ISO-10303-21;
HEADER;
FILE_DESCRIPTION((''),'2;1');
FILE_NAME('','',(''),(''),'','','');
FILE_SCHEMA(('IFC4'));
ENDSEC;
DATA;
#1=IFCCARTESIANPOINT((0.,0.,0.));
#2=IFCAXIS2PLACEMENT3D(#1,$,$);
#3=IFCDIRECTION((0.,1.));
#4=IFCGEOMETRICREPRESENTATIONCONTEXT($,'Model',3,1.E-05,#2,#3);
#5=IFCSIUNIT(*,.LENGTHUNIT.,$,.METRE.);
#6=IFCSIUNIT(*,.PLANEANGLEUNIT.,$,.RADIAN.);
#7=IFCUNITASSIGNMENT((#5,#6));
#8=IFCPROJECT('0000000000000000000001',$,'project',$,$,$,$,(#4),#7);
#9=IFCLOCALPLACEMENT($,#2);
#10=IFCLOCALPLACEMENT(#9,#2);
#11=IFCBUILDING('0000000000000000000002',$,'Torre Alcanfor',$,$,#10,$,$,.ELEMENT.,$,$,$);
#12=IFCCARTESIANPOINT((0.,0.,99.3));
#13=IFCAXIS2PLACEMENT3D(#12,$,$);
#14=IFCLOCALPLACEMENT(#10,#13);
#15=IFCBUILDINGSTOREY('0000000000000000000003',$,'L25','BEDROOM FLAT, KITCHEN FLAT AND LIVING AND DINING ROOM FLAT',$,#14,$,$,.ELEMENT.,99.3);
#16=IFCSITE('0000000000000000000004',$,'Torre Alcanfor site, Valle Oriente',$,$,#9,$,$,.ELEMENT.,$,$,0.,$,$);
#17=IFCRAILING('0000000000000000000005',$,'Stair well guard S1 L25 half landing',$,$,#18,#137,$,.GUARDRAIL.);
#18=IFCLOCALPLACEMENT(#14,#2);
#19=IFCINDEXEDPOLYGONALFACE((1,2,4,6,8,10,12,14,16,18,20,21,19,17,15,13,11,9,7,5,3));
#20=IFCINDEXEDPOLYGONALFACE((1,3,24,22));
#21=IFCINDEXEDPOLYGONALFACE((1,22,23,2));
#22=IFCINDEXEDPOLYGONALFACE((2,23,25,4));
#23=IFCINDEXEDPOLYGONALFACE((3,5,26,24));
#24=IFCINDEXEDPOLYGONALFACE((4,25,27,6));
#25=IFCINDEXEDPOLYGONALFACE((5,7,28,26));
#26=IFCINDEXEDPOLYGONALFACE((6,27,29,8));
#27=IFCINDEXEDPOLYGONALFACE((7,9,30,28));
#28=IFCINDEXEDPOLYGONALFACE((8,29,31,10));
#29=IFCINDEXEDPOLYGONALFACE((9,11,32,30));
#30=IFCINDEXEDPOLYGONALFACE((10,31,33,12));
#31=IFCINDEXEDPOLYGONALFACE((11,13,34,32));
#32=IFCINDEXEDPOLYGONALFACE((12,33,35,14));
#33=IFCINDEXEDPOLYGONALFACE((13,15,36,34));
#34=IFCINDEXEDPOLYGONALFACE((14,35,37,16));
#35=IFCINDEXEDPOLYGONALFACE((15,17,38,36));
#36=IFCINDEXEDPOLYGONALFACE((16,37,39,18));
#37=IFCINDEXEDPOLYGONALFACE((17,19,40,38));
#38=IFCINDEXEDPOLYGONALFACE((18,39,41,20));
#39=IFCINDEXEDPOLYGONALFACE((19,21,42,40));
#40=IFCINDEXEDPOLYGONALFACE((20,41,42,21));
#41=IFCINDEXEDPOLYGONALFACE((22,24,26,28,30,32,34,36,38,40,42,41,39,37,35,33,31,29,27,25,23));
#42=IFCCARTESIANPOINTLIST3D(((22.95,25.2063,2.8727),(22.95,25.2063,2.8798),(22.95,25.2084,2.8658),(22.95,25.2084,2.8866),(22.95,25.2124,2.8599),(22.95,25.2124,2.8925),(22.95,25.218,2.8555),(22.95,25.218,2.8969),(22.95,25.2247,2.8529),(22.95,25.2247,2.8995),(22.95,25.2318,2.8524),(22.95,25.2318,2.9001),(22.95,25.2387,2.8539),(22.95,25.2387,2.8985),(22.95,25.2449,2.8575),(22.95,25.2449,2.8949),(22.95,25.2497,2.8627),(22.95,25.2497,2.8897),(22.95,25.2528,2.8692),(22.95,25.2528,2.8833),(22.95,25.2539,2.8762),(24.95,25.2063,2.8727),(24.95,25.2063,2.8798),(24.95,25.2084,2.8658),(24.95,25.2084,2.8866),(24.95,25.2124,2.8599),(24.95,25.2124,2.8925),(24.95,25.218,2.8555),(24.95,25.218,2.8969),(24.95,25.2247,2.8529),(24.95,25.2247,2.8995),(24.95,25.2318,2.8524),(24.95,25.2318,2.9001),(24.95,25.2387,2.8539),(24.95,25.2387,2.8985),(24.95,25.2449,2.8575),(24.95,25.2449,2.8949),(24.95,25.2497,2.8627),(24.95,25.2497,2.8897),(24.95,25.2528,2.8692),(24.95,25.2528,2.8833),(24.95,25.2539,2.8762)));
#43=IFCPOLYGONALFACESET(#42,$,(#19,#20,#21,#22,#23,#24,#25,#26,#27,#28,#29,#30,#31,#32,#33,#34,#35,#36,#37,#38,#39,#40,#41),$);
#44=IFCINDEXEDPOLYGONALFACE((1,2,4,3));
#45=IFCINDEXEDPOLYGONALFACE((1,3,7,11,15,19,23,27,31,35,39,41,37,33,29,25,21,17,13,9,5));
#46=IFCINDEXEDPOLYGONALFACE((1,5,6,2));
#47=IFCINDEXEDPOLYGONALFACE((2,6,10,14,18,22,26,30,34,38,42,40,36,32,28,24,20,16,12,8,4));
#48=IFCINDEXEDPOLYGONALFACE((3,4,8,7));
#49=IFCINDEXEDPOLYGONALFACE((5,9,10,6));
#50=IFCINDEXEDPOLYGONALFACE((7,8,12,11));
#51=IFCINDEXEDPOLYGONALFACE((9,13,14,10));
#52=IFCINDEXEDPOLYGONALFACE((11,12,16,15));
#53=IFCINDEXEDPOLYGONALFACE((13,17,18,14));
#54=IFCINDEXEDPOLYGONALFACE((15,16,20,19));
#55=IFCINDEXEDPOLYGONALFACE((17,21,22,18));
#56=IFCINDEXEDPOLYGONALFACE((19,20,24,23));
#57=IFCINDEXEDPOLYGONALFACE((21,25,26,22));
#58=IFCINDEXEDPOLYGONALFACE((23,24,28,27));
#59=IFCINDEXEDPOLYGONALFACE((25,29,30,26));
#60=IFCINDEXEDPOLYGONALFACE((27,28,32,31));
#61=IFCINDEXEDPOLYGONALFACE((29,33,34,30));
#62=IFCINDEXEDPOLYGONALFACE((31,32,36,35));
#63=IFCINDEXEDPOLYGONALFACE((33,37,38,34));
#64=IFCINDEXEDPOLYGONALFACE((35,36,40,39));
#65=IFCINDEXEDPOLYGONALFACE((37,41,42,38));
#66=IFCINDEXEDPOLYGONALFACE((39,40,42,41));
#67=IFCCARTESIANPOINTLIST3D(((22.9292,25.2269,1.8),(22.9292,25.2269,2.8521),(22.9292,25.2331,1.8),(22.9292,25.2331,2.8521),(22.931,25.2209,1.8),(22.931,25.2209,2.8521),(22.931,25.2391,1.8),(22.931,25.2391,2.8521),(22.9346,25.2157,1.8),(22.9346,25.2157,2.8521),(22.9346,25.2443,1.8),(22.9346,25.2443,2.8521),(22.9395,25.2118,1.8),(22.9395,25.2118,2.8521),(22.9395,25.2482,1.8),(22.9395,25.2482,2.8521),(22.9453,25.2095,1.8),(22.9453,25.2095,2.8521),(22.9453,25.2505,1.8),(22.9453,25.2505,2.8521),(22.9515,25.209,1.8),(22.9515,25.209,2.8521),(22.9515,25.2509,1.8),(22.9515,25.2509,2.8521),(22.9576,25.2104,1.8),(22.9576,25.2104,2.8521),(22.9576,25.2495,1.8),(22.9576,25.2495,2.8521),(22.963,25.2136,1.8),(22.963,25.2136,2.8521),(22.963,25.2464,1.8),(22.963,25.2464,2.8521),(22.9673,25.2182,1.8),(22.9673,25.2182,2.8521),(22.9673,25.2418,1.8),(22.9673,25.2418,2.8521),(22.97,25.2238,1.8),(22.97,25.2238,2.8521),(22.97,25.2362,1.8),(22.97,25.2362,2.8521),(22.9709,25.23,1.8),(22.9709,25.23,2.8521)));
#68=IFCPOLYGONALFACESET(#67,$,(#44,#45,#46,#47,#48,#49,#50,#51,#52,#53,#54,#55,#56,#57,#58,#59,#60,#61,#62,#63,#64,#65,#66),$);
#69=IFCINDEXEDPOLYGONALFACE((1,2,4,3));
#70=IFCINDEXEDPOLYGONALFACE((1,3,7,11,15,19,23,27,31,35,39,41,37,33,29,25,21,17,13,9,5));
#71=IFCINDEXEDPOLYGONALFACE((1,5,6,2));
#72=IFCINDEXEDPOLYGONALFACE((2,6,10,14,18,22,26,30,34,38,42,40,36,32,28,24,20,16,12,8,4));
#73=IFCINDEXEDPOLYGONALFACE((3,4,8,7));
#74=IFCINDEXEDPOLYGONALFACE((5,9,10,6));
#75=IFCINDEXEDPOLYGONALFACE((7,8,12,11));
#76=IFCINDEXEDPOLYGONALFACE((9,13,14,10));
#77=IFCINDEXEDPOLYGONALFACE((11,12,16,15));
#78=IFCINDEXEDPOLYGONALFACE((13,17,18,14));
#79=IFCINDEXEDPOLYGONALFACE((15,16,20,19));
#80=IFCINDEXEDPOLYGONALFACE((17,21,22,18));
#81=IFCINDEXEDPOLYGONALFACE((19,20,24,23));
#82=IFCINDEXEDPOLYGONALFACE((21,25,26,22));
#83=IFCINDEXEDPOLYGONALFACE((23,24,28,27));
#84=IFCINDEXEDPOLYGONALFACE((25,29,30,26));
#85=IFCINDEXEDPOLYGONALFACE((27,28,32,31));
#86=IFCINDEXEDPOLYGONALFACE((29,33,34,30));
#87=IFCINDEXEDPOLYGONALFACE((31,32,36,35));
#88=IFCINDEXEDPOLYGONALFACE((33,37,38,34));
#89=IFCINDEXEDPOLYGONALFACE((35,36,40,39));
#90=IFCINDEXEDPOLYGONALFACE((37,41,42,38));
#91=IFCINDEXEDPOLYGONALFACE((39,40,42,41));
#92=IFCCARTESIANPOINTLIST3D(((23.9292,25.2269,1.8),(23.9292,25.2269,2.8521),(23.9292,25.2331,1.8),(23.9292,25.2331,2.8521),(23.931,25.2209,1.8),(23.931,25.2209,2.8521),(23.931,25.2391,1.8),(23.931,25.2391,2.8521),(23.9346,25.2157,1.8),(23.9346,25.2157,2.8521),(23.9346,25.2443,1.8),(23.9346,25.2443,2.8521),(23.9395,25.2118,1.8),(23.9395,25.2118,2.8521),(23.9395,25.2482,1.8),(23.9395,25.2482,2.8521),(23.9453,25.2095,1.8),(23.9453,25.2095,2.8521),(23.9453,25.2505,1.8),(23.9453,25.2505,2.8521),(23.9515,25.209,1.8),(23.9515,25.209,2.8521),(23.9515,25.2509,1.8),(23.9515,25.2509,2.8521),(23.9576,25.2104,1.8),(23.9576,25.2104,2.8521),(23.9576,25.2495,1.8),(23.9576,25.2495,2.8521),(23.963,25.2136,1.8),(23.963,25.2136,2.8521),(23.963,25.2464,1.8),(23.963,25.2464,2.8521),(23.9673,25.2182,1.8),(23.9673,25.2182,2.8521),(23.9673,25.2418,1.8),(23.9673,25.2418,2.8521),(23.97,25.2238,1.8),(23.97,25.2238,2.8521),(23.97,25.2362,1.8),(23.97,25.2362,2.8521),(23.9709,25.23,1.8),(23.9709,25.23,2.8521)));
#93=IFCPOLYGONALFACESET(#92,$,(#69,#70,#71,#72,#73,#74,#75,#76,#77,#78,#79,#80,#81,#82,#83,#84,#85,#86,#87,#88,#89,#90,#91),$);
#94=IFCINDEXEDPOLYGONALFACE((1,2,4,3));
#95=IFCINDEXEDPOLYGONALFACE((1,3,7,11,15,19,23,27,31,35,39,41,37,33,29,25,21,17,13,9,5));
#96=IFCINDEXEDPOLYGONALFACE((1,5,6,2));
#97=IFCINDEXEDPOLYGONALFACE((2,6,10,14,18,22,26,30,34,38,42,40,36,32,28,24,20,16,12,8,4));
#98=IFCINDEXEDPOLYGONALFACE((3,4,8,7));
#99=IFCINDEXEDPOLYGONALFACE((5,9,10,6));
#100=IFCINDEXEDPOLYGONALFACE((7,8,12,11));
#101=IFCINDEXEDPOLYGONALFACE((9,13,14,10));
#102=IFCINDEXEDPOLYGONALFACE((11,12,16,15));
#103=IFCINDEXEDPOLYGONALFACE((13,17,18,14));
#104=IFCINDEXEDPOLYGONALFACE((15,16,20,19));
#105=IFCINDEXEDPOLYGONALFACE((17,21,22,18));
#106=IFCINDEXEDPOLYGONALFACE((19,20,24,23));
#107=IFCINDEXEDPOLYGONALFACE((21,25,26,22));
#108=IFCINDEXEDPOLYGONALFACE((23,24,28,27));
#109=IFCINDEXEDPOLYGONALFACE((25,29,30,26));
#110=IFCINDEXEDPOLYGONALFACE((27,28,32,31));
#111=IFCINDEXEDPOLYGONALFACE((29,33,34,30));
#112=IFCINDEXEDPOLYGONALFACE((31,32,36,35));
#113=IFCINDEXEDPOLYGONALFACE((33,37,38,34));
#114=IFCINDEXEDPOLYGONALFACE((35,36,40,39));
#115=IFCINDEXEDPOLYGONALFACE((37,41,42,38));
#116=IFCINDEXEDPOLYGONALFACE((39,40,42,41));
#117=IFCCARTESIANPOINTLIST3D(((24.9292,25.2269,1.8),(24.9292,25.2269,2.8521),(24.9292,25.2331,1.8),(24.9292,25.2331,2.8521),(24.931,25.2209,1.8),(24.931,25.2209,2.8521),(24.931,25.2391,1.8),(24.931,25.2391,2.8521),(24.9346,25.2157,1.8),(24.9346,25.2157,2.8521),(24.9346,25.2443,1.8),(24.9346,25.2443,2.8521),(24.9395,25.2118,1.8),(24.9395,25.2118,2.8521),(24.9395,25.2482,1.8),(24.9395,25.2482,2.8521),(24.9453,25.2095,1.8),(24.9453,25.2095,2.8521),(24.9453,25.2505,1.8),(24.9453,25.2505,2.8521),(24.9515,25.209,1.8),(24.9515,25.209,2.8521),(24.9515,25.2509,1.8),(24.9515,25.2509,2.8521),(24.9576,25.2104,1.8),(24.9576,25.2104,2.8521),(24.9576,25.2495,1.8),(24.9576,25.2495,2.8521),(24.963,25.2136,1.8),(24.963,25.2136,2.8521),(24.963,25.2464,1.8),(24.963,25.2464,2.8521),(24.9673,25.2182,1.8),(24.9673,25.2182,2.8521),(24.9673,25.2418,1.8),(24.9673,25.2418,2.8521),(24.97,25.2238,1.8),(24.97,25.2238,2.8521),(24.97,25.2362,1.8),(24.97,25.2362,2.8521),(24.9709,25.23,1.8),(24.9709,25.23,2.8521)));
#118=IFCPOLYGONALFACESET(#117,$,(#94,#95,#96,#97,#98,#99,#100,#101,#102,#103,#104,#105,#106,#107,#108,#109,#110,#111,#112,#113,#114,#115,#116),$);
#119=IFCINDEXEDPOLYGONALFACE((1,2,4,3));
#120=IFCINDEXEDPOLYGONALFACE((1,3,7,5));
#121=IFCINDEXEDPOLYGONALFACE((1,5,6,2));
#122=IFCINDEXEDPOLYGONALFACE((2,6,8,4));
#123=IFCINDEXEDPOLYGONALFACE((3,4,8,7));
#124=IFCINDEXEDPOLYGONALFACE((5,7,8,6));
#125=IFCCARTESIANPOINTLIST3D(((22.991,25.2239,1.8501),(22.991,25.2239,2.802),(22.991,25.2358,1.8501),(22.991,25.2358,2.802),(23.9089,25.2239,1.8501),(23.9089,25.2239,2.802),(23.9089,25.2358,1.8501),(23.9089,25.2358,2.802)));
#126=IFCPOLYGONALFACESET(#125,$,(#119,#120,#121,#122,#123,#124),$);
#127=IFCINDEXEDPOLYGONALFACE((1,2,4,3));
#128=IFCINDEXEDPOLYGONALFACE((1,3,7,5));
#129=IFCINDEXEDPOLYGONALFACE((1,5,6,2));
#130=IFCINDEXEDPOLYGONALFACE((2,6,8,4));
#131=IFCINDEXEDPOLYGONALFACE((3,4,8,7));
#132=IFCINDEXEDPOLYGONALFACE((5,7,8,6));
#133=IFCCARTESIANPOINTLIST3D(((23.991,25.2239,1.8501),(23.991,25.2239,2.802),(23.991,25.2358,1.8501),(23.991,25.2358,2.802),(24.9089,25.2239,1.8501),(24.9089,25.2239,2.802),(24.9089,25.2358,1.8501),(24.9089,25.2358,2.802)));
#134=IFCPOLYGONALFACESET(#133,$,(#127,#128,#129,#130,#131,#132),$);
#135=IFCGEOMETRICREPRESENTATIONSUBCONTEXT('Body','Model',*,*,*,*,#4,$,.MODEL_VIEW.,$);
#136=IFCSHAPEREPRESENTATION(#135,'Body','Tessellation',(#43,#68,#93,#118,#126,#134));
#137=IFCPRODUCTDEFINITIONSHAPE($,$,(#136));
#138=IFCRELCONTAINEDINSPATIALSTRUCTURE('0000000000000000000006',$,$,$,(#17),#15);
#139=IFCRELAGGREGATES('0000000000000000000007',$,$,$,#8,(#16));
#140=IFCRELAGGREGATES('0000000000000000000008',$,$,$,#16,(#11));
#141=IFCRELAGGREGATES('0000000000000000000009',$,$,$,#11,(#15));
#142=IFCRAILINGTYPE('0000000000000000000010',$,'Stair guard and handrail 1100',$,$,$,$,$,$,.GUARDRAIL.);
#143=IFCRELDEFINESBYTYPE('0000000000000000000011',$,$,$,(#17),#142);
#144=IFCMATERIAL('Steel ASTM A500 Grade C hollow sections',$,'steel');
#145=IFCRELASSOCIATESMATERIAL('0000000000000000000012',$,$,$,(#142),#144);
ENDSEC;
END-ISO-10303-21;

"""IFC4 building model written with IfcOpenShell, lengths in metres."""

from ifc_helpers import new_model, si_unit, direction, frame, origin, origin_2d, place, context, subcontext, project, spatial, polyline, circle, outline, extrude, material, type_object, element, save


model = new_model("IFC4")

# Units and contexts
model_context = context("Model", 3, precision=1e-05, world=origin(), true_north=direction((0.0, 1.0)))
body_context = subcontext(model_context, "Body", "Model", "MODEL_VIEW")
ifc_project = project(units=[si_unit("LENGTHUNIT", "METRE"), si_unit("PLANEANGLEUNIT", "RADIAN")], contexts=[model_context])

# Site, building, storey
site_placement = place(None, origin())
site = spatial("IfcSite", under=ifc_project, at=site_placement, Name="Torre Alcanfor site, Valle Oriente", CompositionType="ELEMENT", RefElevation=0.0)
building_placement = place(site_placement, origin())
building = spatial("IfcBuilding", under=site, at=building_placement, Name="Torre Alcanfor", CompositionType="ELEMENT")
storey_placement = place(building_placement, frame((0.0, 0.0, 99.3)))
storey = spatial("IfcBuildingStorey", under=building, at=storey_placement, Name="L25", Description="BEDROOM FLAT, KITCHEN FLAT AND LIVING AND DINING ROOM FLAT", CompositionType="ELEMENT", Elevation=99.3)

# Railing
ifc_material_1 = material(Name="Steel ASTM A500 Grade C hollow sections", Category="steel")
railing_type_1 = type_object("IfcRailingType", Name="Stair guard and handrail 1100", PredefinedType="GUARDRAIL", material=ifc_material_1)
railing_1_placement = place(storey_placement, frame((22.95, 25.23, 1.8)))
element("IfcRailing", 1, at=railing_1_placement, inside=storey, type_object=railing_type_1, Name="Stair well guard S1 L25 half landing", PredefinedType="GUARDRAIL", context=body_context, shape_type="SweptSolid", body=[
    extrude(circle(Radius=0.0239, at=origin_2d()), frame((0.0, 0.0, 1.0762), z_axis=(1.0, 0.0, 0.0), x_axis=(0.0, 1.0, 0.0)), (0.0, 0.0, 1.0), 2.0),
    extrude(circle(Radius=0.021, at=origin_2d()), origin(), (0.0, 0.0, 1.0), 1.052),
    extrude(circle(Radius=0.021, at=origin_2d()), frame((1.0, 0.0, 0.0)), (0.0, 0.0, 1.0), 1.052),
    extrude(circle(Radius=0.021, at=origin_2d()), frame((2.0, 0.0, 0.0)), (0.0, 0.0, 1.0), 1.052),
    extrude(outline(polyline([(0.041, 0.05), (0.959, 0.05), (0.959, 1.002), (0.041, 1.002), (0.041, 0.05)])), frame((0.0, 0.0059, 0.0), z_axis=(0.0, -1.0, 0.0), x_axis=(1.0, 0.0, 0.0)), (0.0, 0.0, 1.0), 0.012),
    extrude(outline(polyline([(1.041, 0.05), (1.959, 0.05), (1.959, 1.002), (1.041, 1.002), (1.041, 0.05)])), frame((0.0, 0.0059, 0.0), z_axis=(0.0, -1.0, 0.0), x_axis=(1.0, 0.0, 0.0)), (0.0, 0.0, 1.0), 0.012),
])

save(model, "model.ifc")
